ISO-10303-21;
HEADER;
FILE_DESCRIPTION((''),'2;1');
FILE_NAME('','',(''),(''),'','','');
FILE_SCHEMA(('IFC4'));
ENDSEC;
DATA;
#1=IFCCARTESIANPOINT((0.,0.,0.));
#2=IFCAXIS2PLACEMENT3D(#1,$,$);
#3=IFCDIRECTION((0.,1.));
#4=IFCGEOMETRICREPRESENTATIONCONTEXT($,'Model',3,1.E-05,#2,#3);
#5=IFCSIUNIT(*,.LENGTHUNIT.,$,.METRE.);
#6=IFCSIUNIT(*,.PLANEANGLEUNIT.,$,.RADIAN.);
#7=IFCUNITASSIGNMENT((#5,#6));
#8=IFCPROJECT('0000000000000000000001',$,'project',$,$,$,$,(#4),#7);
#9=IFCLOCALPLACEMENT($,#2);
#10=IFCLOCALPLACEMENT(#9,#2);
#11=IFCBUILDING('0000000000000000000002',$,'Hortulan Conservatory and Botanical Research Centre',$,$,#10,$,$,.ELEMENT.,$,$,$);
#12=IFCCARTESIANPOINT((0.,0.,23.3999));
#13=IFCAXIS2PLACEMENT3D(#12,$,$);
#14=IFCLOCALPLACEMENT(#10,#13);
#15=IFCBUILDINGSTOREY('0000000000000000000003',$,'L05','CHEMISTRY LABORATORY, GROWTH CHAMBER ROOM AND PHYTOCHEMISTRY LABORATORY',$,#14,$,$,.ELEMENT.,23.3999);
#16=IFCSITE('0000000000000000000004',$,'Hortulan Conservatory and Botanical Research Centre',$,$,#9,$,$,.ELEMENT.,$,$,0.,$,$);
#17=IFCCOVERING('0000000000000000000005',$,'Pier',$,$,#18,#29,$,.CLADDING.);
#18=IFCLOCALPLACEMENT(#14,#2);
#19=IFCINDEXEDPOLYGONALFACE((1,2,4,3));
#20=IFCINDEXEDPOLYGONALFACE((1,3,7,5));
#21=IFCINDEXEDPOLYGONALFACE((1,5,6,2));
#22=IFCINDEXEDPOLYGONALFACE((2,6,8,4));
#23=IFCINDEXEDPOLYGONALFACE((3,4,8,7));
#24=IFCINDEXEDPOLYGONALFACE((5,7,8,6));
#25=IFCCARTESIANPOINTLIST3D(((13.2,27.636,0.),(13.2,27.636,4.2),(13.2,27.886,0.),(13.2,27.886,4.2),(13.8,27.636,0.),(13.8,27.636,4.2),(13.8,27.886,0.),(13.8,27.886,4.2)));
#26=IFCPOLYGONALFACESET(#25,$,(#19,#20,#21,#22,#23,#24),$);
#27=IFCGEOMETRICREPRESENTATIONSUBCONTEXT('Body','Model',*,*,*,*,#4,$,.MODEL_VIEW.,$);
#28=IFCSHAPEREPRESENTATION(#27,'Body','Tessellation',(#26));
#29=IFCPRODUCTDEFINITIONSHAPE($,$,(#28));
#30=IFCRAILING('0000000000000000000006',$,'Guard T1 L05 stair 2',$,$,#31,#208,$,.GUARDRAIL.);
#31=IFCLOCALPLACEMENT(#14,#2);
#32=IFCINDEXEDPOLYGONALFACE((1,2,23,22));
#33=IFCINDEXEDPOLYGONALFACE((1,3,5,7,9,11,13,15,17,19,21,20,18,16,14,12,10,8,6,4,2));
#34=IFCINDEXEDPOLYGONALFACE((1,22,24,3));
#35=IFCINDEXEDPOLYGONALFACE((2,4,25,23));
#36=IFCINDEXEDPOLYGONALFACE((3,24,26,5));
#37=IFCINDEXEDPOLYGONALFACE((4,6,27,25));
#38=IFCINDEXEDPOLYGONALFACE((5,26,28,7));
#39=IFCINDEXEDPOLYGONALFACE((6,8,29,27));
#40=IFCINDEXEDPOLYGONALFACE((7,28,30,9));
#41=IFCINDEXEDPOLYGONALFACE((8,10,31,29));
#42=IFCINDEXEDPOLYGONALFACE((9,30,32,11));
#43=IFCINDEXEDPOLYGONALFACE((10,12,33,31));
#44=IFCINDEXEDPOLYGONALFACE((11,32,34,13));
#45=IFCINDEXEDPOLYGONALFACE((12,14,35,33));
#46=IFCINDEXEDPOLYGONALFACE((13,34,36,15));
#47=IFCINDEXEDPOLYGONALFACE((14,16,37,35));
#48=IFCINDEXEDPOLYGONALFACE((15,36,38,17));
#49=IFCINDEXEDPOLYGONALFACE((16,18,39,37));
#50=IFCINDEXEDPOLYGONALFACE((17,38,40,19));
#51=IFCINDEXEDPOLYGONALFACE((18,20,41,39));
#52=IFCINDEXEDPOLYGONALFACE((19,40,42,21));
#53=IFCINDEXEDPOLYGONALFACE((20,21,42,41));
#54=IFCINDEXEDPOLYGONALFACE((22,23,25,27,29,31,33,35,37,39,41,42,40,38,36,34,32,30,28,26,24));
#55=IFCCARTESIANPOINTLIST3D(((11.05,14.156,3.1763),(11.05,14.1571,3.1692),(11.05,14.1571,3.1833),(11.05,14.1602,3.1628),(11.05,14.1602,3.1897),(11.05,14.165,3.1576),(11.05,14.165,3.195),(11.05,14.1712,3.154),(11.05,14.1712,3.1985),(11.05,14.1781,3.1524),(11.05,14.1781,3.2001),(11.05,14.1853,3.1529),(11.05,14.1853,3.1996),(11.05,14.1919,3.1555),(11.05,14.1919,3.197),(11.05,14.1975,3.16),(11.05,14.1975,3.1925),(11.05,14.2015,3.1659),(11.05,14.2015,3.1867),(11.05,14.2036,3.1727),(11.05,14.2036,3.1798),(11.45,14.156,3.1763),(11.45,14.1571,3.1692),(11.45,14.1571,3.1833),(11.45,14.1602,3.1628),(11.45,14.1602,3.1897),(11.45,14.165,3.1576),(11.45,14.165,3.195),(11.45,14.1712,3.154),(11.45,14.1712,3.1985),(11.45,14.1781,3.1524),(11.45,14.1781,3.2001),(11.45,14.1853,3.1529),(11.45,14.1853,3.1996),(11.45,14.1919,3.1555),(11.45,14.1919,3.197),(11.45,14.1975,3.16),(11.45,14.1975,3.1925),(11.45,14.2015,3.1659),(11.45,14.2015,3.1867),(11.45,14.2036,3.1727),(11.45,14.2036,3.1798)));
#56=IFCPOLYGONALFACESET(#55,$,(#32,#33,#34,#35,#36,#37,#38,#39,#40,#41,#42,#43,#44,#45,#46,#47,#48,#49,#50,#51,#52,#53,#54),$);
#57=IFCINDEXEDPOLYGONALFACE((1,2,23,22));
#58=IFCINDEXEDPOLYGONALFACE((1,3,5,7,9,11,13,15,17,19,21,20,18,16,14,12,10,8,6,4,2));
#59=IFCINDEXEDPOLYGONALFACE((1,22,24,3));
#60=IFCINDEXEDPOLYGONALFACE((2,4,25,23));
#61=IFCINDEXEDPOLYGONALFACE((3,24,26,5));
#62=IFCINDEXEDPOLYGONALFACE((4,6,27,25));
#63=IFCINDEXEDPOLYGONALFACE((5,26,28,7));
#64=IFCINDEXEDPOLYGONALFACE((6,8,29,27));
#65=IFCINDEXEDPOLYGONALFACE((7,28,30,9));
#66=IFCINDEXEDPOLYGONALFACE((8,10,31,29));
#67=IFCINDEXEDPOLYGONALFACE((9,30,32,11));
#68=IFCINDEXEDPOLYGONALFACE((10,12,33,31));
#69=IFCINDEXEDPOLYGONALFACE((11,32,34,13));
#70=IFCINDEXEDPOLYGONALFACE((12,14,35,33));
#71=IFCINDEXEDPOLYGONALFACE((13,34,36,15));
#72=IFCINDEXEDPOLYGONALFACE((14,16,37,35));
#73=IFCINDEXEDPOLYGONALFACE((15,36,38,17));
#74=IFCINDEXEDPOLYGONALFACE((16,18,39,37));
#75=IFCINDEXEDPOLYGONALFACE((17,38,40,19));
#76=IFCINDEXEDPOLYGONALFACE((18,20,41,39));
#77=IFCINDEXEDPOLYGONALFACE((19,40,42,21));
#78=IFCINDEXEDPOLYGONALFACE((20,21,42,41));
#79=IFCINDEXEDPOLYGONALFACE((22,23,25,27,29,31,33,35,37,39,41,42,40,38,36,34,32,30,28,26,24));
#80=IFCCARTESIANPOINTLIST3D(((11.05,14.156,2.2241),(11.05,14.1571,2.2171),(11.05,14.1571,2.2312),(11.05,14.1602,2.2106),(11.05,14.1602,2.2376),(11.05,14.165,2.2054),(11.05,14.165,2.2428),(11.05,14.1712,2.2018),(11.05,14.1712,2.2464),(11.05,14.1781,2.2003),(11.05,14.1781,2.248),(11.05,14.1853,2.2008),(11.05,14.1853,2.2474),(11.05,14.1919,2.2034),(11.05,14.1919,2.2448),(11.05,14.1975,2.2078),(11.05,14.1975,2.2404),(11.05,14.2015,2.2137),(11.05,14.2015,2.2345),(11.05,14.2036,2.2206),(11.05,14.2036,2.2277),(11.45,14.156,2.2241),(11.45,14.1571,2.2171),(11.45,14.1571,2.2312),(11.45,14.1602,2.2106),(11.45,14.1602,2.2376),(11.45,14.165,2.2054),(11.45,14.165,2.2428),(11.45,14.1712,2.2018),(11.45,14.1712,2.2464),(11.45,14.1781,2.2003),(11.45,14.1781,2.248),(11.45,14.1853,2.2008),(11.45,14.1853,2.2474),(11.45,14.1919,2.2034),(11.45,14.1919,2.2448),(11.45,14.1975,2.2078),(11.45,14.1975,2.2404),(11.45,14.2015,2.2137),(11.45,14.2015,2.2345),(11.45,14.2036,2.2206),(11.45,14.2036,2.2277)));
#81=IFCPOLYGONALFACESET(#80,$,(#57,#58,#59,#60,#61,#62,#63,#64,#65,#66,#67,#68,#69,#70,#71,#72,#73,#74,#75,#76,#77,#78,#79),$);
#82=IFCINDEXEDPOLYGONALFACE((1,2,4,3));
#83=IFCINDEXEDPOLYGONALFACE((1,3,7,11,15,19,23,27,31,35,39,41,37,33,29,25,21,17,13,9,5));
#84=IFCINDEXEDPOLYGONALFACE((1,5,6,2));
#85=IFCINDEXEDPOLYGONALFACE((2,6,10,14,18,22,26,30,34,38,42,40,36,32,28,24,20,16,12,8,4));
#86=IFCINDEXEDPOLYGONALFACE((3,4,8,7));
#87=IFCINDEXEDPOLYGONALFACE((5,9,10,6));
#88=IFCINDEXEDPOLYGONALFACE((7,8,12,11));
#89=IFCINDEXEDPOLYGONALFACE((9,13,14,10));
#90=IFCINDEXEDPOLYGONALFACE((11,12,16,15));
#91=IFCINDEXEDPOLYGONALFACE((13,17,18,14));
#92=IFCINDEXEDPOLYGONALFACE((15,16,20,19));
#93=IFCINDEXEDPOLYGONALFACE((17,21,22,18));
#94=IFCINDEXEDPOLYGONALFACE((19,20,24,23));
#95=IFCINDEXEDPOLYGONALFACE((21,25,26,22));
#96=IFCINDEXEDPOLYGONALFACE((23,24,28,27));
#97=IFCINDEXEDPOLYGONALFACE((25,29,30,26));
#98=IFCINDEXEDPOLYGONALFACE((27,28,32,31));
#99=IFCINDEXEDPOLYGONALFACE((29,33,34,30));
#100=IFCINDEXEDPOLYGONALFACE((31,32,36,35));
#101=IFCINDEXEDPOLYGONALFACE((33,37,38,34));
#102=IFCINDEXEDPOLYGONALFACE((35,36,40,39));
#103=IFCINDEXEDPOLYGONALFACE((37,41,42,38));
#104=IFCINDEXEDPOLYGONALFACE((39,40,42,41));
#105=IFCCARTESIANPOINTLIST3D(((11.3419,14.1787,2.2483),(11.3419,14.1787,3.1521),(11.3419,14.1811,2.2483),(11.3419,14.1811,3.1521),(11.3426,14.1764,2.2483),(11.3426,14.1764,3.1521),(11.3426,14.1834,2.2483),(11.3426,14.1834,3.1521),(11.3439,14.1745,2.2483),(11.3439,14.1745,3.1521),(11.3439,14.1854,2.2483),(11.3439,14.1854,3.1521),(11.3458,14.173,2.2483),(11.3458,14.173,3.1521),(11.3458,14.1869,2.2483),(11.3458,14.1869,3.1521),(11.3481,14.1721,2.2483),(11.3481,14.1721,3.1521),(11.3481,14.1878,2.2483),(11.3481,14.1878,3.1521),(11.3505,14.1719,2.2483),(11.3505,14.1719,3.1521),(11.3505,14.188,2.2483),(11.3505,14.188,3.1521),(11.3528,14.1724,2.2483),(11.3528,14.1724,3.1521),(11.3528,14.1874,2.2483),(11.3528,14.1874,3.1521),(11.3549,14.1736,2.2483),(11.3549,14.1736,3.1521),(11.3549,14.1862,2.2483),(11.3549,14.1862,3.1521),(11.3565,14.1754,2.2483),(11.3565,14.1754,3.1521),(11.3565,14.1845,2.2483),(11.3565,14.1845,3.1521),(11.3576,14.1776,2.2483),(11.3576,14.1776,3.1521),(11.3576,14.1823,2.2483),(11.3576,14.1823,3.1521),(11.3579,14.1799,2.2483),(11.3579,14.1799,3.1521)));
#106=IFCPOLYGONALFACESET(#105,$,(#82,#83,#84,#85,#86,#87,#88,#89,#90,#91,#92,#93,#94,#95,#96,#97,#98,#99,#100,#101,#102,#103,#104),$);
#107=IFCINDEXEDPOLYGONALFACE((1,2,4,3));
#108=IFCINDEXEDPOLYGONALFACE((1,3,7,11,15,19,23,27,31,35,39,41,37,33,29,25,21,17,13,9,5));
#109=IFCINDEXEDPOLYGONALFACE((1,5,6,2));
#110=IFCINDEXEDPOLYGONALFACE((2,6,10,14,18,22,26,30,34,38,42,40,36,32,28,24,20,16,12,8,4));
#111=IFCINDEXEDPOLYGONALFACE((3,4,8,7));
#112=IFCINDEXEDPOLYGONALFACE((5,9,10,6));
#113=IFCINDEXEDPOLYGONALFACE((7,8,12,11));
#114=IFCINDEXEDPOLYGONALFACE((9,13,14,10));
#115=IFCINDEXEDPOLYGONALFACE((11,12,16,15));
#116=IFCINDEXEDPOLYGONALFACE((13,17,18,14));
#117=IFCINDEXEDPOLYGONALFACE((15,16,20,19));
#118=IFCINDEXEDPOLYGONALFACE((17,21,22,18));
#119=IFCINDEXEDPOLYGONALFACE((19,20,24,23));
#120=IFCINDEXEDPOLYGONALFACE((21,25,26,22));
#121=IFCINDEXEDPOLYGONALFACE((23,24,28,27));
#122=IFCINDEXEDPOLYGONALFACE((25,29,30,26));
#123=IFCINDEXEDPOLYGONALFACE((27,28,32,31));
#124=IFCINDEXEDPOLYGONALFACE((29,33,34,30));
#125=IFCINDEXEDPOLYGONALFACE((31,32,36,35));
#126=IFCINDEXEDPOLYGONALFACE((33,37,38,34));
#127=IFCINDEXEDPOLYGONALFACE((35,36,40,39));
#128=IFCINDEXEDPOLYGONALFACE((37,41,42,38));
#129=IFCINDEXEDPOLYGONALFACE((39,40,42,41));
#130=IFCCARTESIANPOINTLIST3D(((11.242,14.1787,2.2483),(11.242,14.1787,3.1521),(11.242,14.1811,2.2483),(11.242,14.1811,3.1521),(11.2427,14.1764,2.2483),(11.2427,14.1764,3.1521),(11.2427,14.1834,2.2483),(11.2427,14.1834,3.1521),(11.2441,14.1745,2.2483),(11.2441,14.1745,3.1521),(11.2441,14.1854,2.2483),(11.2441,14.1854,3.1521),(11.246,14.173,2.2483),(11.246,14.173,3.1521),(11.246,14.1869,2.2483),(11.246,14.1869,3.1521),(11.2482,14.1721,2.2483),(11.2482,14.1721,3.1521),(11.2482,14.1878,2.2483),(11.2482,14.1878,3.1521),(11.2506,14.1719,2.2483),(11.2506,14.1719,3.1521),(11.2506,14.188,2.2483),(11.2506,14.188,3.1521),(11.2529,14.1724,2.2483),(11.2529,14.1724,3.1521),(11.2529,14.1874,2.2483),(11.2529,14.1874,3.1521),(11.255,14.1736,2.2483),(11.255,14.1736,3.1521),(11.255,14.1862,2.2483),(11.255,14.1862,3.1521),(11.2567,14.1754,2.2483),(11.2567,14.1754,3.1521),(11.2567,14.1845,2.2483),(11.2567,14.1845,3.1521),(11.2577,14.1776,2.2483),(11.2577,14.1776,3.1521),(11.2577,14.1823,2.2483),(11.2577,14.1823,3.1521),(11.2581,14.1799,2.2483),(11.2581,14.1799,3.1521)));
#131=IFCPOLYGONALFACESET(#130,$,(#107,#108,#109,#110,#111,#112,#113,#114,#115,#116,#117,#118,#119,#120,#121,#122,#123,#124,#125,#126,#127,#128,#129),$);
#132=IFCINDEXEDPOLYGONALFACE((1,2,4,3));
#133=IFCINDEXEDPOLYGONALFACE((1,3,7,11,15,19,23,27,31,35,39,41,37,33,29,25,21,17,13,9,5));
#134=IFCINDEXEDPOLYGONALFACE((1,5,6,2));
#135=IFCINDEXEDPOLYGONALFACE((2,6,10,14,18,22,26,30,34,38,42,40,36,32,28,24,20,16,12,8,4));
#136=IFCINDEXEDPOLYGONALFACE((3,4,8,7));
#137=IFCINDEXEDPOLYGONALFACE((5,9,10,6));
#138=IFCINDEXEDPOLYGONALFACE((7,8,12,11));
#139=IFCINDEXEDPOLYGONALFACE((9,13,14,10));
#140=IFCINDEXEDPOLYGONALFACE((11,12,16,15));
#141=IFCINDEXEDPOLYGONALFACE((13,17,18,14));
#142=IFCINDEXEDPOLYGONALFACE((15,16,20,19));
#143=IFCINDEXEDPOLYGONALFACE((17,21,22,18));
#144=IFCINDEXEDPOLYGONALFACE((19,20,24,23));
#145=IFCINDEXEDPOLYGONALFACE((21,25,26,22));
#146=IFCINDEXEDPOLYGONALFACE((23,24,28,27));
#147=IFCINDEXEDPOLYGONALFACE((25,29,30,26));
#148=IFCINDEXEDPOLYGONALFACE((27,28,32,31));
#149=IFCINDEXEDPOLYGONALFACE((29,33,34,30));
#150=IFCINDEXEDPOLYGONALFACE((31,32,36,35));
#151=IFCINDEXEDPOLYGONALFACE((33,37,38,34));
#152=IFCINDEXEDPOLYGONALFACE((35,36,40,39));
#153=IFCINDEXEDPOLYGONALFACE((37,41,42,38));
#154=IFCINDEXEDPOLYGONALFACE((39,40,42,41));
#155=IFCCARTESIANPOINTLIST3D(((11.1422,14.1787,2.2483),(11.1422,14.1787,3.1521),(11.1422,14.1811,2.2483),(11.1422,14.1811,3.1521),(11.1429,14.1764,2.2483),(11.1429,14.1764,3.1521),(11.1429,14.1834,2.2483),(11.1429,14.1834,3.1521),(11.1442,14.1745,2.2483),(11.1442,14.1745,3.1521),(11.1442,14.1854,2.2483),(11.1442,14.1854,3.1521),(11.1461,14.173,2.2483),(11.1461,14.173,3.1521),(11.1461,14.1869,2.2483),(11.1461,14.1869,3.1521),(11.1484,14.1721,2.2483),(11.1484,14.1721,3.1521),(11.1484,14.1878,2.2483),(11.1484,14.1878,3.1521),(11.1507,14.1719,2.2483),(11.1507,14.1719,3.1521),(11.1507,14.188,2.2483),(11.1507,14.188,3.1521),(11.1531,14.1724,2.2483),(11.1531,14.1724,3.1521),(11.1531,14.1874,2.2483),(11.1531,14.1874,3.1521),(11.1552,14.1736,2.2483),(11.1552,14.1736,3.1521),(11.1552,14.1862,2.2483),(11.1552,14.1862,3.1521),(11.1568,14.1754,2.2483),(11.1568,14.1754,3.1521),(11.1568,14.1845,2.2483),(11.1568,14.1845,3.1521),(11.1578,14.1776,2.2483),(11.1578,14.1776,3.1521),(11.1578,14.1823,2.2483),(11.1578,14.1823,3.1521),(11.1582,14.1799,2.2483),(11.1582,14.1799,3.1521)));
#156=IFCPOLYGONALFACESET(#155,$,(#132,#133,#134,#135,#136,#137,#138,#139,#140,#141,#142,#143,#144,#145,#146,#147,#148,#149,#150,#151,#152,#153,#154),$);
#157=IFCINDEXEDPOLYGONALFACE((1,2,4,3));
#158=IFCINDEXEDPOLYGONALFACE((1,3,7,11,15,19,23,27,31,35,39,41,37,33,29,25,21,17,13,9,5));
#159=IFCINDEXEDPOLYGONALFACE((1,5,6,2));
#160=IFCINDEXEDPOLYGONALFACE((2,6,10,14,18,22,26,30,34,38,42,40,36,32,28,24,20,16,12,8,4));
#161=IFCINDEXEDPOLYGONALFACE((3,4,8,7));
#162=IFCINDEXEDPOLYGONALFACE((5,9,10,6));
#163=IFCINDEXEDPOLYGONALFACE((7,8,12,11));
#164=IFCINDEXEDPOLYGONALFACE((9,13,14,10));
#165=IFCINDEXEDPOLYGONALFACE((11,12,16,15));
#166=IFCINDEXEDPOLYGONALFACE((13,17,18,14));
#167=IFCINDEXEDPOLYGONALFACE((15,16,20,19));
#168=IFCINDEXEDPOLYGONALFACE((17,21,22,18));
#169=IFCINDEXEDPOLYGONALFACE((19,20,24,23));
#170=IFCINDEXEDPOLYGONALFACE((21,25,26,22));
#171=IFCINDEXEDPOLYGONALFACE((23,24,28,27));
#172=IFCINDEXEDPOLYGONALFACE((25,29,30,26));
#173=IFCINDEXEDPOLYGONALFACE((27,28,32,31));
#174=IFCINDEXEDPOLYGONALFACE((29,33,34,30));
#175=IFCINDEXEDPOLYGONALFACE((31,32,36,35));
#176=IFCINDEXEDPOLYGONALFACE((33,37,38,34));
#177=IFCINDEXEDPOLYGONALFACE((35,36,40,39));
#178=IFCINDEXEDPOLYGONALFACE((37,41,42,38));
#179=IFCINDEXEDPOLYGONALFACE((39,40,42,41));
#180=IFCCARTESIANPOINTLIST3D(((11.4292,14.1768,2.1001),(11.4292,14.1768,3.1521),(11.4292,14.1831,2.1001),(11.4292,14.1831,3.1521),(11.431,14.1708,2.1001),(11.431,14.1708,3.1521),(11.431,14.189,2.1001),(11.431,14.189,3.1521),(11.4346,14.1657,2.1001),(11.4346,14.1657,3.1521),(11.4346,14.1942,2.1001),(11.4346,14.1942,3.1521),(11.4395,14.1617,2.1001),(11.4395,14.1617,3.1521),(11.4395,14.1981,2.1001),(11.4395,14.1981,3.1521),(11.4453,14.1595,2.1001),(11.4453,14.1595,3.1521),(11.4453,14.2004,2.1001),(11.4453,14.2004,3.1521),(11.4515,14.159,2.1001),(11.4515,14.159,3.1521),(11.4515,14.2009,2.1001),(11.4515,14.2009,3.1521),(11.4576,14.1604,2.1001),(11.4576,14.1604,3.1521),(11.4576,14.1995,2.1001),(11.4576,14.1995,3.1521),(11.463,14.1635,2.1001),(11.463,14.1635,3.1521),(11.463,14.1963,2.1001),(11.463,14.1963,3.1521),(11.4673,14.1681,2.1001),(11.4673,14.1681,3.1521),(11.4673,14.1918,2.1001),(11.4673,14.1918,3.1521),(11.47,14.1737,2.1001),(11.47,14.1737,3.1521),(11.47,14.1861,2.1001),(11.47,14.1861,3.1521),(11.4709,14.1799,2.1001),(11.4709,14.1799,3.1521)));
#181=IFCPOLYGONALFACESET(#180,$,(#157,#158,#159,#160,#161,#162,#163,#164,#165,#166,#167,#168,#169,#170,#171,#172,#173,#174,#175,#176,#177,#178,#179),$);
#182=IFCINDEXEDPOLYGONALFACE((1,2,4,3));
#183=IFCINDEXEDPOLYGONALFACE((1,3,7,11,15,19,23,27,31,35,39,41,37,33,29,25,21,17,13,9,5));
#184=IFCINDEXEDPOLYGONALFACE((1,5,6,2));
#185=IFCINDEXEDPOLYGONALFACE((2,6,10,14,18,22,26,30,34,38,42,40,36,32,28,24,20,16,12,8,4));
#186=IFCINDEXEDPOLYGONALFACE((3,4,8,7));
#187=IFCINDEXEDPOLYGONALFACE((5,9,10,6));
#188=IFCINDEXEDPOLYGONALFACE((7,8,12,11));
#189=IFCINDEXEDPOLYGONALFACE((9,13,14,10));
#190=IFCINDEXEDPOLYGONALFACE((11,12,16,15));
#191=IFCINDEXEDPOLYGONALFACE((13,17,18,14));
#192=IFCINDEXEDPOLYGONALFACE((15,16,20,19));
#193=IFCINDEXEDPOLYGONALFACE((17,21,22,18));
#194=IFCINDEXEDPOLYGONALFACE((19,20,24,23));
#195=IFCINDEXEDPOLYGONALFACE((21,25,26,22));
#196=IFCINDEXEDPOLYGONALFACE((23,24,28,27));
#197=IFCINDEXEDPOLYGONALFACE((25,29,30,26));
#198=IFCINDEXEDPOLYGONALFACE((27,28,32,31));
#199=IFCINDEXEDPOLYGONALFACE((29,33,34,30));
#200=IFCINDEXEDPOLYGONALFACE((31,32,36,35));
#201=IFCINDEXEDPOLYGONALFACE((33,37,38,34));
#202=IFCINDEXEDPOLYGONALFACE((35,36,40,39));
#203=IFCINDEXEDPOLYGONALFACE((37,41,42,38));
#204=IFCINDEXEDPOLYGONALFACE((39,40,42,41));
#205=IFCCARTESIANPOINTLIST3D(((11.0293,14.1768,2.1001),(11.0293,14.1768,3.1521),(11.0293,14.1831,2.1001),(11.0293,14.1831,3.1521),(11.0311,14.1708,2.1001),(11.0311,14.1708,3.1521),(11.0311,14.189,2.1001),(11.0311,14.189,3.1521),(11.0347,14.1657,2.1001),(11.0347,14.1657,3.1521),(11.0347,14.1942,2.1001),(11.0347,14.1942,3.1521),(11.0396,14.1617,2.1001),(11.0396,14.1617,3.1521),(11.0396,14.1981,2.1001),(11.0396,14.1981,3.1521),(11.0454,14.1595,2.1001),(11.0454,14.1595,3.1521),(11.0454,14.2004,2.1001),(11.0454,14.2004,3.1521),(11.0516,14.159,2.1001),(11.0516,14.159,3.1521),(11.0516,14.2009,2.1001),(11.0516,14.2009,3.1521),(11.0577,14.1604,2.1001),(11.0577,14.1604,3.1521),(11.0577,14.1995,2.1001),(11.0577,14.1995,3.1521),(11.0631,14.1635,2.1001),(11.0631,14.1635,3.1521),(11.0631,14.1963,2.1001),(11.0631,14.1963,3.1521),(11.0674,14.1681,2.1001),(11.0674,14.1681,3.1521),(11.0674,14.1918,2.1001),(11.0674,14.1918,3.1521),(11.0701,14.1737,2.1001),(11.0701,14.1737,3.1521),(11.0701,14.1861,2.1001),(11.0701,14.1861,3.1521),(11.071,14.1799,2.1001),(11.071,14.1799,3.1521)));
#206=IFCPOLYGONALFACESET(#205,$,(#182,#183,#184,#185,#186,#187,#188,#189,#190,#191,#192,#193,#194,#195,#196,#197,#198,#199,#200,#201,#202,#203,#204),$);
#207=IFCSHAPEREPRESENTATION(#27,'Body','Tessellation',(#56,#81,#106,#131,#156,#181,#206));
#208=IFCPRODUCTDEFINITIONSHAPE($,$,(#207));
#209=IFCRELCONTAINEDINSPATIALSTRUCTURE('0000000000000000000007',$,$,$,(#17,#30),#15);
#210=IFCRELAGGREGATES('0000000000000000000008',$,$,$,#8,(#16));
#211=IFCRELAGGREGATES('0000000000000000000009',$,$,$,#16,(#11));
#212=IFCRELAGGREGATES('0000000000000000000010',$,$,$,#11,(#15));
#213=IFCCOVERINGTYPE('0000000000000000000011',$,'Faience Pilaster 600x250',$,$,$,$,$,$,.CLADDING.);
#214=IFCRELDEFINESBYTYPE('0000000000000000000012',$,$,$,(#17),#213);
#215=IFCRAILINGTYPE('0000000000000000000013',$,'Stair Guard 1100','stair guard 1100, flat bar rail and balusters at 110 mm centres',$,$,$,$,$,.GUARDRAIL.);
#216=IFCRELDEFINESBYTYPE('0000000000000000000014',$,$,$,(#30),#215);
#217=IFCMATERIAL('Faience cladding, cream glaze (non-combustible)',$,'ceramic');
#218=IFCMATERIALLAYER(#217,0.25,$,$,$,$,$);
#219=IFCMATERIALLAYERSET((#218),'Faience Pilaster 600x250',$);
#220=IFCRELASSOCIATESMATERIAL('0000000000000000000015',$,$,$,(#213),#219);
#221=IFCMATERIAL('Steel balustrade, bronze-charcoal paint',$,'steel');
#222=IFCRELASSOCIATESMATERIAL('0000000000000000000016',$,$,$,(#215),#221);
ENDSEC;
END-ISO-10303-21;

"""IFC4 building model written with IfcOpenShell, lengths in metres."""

from ifc_helpers import new_model, si_unit, direction, frame, origin, origin_2d, place, context, subcontext, project, spatial, rectangle, circle, extrude, material, layer, layer_set, type_object, element, save


model = new_model("IFC4")

# Units and contexts
model_context = context("Model", 3, precision=1e-05, world=origin(), true_north=direction((0.0, 1.0)))
body_context = subcontext(model_context, "Body", "Model", "MODEL_VIEW")
ifc_project = project(units=[si_unit("LENGTHUNIT", "METRE"), si_unit("PLANEANGLEUNIT", "RADIAN")], contexts=[model_context])

# Site, building, storey
site_placement = place(None, origin())
site = spatial("IfcSite", under=ifc_project, at=site_placement, Name="Hortulan Conservatory and Botanical Research Centre", CompositionType="ELEMENT", RefElevation=0.0)
building_placement = place(site_placement, origin())
building = spatial("IfcBuilding", under=site, at=building_placement, Name="Hortulan Conservatory and Botanical Research Centre", CompositionType="ELEMENT")
storey_placement = place(building_placement, frame((0.0, 0.0, 23.3999)))
storey = spatial("IfcBuildingStorey", under=building, at=storey_placement, Name="L05", Description="CHEMISTRY LABORATORY, GROWTH CHAMBER ROOM AND PHYTOCHEMISTRY LABORATORY", CompositionType="ELEMENT", Elevation=23.3999)

# Covering
ifc_material_1 = material(Name="Faience cladding, cream glaze (non-combustible)", Category="ceramic")
ifc_layer_1 = layer(ifc_material_1, 0.25)
ifc_layer_set_1 = layer_set([ifc_layer_1], Name="Faience Pilaster 600x250")
covering_type = type_object("IfcCoveringType", Name="Faience Pilaster 600x250", PredefinedType="CLADDING", material=ifc_layer_set_1)
covering_placement = place(storey_placement, frame((13.5, 27.761, 0.0), z_axis=(0.0, 0.0, 1.0), x_axis=(1.0, 0.0, 0.0)))
element("IfcCovering", 1, at=covering_placement, inside=storey, type_object=covering_type, Name="Pier", PredefinedType="CLADDING", context=body_context, shape_type="SweptSolid", body=[
    extrude(rectangle(XDim=0.6001, YDim=0.25, at=origin_2d()), origin(), (0.0, 0.0, 1.0), 4.2),
])

# Railing
ifc_material_2 = material(Name="Steel balustrade, bronze-charcoal paint", Category="steel")
railing_type = type_object("IfcRailingType", Name="Stair Guard 1100", Description="stair guard 1100, flat bar rail and balusters at 110 mm centres", PredefinedType="GUARDRAIL", material=ifc_material_2)
railing_1_placement = place(storey_placement, frame((11.45, 14.1799, 2.1001)))
element("IfcRailing", 2, at=railing_1_placement, inside=storey, type_object=railing_type, Name="Guard T1 L05 stair 2", PredefinedType="GUARDRAIL", context=body_context, shape_type="SweptSolid", body=[
    extrude(circle(Radius=0.0239, at=origin_2d()), frame((0.0, 0.0, 1.0762), z_axis=(-1.0, 0.0, 0.0), x_axis=(0.0, -1.0, 0.0)), (0.0, 0.0, 1.0), 0.3999),
    extrude(circle(Radius=0.0239, at=origin_2d()), frame((0.0, 0.0, 0.124), z_axis=(-1.0, 0.0, 0.0), x_axis=(0.0, -1.0, 0.0)), (0.0, 0.0, 1.0), 0.3999),
    extrude(circle(Radius=0.0081, at=origin_2d()), frame((-0.1001, 0.0, 0.1482)), (0.0, 0.0, 1.0), 0.9038),
    extrude(circle(Radius=0.0081, at=origin_2d()), frame((-0.2, 0.0, 0.1482)), (0.0, 0.0, 1.0), 0.9038),
    extrude(circle(Radius=0.0081, at=origin_2d()), frame((-0.2998, 0.0, 0.1482)), (0.0, 0.0, 1.0), 0.9038),
    extrude(circle(Radius=0.021, at=origin_2d()), origin(), (0.0, 0.0, 1.0), 1.052),
    extrude(circle(Radius=0.021, at=origin_2d()), frame((-0.3999, 0.0, 0.0)), (0.0, 0.0, 1.0), 1.052),
])

save(model, "model.ifc")
